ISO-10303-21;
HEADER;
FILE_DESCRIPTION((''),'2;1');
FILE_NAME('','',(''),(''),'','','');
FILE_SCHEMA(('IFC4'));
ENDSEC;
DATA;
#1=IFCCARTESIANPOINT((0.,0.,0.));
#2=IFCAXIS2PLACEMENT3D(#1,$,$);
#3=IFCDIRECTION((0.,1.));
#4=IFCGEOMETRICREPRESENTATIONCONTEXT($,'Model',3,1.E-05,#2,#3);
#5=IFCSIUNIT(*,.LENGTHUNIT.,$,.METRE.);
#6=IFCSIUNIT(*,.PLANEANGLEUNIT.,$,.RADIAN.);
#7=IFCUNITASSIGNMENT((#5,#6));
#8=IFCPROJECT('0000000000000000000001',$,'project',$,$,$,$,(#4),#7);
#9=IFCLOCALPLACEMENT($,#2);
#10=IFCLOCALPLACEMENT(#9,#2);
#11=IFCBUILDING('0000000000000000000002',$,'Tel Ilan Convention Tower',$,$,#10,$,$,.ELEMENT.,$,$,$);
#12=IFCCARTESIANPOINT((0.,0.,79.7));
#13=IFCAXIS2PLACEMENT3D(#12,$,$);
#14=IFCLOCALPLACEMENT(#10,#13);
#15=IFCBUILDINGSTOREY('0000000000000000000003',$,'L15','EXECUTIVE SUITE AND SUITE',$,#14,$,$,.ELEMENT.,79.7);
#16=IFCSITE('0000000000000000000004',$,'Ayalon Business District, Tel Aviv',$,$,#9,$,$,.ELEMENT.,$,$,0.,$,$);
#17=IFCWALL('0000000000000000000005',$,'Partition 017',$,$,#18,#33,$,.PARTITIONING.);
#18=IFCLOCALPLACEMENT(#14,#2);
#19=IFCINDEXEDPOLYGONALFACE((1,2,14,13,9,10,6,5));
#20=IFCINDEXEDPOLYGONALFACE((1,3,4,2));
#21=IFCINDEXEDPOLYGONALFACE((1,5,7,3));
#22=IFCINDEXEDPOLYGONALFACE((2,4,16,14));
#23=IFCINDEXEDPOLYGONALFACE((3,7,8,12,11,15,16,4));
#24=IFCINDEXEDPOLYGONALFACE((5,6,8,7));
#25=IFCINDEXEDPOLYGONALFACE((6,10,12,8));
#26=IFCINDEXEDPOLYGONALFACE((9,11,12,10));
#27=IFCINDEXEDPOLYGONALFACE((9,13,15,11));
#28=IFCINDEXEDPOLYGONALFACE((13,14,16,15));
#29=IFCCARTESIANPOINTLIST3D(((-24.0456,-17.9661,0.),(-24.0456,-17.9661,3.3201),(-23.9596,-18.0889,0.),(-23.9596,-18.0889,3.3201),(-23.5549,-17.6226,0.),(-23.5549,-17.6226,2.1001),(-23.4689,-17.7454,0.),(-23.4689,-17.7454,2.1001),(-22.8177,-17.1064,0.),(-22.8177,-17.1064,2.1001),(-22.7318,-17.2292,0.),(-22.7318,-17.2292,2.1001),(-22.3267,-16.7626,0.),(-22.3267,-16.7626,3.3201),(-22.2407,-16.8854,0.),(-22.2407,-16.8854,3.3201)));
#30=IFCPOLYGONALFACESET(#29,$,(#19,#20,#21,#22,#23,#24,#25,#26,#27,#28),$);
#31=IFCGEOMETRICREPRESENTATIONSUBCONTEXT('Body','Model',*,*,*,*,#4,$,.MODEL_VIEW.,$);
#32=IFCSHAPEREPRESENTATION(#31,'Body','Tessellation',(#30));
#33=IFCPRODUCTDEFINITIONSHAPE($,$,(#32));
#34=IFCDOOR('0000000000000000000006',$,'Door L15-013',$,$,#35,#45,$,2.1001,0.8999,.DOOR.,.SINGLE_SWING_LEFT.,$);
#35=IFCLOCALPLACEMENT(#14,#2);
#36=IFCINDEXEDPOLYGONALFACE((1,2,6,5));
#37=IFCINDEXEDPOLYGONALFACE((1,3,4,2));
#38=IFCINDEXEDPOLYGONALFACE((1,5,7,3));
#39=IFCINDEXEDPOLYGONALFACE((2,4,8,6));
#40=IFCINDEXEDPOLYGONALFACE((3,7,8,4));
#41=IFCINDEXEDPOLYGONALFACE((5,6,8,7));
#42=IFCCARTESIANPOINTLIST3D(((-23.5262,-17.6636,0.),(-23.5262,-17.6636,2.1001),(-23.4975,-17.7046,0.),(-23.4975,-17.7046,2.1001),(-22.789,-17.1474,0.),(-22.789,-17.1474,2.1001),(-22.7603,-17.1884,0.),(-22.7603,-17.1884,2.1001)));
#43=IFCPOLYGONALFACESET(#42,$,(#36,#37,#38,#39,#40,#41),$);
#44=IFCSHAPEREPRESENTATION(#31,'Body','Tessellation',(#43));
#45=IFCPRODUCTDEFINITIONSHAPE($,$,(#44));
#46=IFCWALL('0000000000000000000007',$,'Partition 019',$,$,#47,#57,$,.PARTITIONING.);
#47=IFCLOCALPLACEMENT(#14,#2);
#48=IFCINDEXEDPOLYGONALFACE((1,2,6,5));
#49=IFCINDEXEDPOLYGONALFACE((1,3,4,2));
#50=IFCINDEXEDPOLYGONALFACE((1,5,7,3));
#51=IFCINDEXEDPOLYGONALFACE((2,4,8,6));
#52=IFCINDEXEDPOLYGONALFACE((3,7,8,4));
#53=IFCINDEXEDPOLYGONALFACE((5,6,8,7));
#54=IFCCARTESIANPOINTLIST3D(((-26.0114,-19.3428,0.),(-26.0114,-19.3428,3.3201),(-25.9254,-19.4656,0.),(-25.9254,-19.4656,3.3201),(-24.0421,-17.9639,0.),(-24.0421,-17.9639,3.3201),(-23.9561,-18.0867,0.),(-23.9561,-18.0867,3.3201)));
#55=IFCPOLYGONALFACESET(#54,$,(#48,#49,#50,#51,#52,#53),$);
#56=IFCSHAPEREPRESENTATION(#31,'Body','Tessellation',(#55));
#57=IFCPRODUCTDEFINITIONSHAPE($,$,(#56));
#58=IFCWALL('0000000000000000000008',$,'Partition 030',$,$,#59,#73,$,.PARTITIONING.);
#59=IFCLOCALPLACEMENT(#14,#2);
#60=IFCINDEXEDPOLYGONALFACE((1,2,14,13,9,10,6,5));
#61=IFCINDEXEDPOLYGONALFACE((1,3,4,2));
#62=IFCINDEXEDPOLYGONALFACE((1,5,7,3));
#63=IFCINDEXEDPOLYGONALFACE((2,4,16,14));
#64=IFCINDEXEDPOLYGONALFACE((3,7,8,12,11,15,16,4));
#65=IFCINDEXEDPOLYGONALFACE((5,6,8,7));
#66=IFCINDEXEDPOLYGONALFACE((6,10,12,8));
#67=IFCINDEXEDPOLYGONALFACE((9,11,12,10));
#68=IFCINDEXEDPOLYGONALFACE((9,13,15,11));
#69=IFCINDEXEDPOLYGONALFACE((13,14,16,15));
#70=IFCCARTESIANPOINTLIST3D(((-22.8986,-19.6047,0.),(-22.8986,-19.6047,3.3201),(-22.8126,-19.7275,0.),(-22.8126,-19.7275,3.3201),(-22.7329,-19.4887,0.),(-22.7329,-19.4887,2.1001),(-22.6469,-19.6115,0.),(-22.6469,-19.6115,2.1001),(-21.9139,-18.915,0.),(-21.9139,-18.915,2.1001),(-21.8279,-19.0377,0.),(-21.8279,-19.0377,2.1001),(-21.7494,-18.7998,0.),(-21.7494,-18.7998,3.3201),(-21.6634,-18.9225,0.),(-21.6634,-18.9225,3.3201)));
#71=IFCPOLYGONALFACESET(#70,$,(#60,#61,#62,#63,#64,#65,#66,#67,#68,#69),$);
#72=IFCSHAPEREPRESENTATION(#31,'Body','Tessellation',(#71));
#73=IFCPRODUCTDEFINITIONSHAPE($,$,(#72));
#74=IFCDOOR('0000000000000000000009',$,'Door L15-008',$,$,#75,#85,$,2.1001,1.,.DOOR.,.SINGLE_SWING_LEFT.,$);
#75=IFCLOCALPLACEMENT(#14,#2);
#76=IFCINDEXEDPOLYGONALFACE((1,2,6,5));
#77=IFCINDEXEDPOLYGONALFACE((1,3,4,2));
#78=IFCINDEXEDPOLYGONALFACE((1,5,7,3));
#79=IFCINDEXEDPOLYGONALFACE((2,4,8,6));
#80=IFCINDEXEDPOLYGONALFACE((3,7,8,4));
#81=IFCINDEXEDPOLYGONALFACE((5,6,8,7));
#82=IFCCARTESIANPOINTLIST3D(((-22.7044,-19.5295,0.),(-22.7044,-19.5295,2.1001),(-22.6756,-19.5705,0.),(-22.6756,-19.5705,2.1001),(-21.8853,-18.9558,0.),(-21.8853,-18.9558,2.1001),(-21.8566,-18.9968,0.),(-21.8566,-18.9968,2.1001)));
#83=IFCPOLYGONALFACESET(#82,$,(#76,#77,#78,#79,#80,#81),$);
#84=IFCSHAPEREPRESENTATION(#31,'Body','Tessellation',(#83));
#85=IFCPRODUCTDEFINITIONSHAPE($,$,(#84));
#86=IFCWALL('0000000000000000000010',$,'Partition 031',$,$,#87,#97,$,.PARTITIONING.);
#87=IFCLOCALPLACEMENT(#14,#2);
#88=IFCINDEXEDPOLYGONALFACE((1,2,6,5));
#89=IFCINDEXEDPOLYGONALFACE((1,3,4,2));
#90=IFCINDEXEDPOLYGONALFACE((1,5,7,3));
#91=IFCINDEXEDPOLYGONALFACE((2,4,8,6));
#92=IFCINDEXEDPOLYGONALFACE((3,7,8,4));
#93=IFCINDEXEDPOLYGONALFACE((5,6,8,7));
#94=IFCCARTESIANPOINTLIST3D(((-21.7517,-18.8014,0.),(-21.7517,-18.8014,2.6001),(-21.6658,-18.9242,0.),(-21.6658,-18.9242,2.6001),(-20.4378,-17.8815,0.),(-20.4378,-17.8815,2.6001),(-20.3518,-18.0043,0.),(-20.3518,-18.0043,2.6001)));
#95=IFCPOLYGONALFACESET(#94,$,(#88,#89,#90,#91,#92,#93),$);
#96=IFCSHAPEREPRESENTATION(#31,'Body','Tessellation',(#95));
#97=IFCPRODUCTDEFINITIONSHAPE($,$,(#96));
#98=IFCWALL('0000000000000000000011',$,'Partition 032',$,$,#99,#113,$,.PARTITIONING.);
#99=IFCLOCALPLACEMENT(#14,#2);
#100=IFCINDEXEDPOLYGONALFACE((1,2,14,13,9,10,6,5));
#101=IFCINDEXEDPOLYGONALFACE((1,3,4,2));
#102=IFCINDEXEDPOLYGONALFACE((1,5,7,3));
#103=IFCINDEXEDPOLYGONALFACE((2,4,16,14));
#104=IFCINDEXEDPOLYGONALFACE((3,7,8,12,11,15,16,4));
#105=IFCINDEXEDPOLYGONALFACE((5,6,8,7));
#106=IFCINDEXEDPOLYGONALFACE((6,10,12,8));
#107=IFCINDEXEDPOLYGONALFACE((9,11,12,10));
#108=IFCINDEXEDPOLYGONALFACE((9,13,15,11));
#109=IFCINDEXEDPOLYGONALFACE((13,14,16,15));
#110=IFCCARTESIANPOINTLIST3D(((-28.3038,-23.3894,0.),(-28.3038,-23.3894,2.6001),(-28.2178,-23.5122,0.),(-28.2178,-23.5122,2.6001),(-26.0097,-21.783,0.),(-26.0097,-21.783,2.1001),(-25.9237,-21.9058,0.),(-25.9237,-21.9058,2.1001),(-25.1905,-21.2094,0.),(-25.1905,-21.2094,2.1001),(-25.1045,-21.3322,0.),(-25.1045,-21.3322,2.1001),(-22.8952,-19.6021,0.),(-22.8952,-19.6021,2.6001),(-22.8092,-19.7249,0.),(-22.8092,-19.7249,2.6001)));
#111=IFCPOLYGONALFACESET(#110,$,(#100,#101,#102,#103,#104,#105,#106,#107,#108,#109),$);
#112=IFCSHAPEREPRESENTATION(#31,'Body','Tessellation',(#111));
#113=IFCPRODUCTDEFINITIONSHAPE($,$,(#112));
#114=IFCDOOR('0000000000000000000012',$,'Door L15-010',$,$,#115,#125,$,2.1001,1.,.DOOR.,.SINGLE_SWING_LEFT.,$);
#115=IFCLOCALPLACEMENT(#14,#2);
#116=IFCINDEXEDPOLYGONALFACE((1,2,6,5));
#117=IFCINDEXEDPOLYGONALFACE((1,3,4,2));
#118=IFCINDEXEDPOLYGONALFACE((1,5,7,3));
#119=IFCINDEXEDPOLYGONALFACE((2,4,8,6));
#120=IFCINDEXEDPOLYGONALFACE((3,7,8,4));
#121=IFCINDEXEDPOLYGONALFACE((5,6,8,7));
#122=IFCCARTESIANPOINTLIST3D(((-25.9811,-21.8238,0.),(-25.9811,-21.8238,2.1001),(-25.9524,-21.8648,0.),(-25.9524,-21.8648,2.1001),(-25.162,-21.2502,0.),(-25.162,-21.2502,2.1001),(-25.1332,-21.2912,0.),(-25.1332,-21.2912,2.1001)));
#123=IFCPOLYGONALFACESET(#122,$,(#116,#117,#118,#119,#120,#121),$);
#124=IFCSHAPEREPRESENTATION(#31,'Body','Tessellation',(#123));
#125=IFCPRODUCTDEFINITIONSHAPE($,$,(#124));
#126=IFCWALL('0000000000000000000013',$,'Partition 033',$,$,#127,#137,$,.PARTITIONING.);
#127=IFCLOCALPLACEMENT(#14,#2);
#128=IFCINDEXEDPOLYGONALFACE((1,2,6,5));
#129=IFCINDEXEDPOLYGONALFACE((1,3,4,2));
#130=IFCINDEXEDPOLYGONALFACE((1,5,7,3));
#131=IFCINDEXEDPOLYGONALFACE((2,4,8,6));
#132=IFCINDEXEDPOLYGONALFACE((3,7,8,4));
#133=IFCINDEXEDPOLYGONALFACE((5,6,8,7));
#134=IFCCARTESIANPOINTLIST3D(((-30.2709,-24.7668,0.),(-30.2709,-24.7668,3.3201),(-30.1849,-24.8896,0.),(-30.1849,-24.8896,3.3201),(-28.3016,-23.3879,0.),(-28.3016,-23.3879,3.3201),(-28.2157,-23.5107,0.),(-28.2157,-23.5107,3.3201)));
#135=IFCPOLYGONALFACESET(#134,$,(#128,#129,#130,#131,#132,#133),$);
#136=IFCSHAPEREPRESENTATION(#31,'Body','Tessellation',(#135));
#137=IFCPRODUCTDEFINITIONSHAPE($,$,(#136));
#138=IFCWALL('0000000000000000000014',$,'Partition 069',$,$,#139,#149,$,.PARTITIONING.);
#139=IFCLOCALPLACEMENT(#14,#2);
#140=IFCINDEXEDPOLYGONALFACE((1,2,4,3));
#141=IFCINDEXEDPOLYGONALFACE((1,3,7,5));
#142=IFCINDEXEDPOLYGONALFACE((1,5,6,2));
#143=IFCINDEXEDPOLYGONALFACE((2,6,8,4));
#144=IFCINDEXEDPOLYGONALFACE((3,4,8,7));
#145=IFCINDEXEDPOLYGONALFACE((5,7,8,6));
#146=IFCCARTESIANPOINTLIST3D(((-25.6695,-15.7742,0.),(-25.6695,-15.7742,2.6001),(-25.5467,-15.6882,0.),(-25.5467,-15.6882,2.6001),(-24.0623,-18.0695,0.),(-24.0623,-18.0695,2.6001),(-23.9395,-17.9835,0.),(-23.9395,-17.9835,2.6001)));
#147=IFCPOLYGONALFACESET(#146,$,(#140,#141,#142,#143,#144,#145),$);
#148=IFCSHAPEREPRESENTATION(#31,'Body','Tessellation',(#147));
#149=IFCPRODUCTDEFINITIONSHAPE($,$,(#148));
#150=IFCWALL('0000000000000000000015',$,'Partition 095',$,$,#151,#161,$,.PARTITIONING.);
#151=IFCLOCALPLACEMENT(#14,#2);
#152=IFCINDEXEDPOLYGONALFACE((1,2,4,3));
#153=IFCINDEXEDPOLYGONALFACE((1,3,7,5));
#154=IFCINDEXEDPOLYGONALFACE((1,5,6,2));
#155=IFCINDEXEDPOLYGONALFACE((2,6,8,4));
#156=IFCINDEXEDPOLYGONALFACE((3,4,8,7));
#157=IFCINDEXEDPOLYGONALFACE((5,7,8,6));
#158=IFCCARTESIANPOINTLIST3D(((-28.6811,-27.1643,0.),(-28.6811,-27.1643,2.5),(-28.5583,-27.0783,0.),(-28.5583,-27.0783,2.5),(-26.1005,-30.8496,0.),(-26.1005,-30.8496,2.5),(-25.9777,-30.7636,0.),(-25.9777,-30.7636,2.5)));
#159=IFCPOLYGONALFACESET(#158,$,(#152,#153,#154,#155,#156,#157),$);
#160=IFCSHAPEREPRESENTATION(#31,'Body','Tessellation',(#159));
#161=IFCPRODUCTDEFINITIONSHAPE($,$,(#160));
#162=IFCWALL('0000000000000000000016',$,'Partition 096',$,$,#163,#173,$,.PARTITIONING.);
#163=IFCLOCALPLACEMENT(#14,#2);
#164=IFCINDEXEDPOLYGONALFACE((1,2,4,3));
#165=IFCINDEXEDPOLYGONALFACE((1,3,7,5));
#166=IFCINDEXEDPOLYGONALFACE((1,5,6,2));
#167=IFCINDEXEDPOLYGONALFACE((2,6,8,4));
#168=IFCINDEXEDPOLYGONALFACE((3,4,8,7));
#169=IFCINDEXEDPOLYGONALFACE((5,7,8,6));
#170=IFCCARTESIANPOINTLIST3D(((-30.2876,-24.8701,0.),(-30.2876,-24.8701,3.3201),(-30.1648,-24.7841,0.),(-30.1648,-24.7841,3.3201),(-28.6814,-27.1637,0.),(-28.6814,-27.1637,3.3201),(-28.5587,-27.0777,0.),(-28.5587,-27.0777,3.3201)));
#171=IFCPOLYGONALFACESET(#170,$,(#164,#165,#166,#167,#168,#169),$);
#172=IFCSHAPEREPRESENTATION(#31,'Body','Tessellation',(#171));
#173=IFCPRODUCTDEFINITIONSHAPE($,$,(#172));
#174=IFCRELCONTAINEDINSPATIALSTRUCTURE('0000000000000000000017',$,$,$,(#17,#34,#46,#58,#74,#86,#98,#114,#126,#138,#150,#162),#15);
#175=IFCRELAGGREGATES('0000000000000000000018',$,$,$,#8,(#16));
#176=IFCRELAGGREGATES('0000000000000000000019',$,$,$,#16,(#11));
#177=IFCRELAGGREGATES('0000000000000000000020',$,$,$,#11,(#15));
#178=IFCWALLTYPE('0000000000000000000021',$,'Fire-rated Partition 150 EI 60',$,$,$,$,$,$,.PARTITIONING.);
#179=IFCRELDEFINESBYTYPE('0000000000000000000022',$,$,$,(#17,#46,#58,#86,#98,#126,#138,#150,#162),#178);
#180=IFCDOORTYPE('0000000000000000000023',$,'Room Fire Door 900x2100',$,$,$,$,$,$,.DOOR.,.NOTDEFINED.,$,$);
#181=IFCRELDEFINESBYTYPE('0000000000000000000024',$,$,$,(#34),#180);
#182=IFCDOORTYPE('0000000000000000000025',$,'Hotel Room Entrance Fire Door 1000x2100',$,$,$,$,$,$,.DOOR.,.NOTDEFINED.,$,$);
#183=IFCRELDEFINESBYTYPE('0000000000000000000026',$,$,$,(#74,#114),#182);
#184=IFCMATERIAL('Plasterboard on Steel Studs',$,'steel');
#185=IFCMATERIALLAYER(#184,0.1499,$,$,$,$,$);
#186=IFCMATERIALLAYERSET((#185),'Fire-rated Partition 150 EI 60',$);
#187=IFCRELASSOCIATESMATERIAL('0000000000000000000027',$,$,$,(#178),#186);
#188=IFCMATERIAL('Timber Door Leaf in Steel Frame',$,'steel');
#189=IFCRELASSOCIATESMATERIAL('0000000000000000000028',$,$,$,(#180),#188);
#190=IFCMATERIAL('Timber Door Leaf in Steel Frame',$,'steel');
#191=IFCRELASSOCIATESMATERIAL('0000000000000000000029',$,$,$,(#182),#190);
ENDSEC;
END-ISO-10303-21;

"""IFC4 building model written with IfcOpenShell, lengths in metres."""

from ifc_helpers import new_model, si_unit, direction, frame, frame_2d, origin, place, context, subcontext, project, spatial, rectangle, extrude, material, layer, layer_set, type_object, element, fill, save


model = new_model("IFC4")

# Units and contexts
model_context = context("Model", 3, precision=1e-05, world=origin(), true_north=direction((0.0, 1.0)))
body_context = subcontext(model_context, "Body", "Model", "MODEL_VIEW")
ifc_project = project(units=[si_unit("LENGTHUNIT", "METRE"), si_unit("PLANEANGLEUNIT", "RADIAN")], contexts=[model_context])

# Site, building, storey
site_placement = place(None, origin())
site = spatial("IfcSite", under=ifc_project, at=site_placement, Name="Ayalon Business District, Tel Aviv", CompositionType="ELEMENT", RefElevation=0.0)
building_placement = place(site_placement, origin())
building = spatial("IfcBuilding", under=site, at=building_placement, Name="Tel Ilan Convention Tower", CompositionType="ELEMENT")
storey_placement = place(building_placement, frame((0.0, 0.0, 79.7)))
storey = spatial("IfcBuildingStorey", under=building, at=storey_placement, Name="L15", Description="EXECUTIVE SUITE AND SUITE", CompositionType="ELEMENT", Elevation=79.7)

# Wall, opening, door
ifc_material_1 = material(Name="Plasterboard on Steel Studs", Category="steel")
ifc_layer_1 = layer(ifc_material_1, 0.1499)
ifc_layer_set_1 = layer_set([ifc_layer_1], Name="Fire-rated Partition 150 EI 60")
wall_type_1 = type_object("IfcWallType", Name="Fire-rated Partition 150 EI 60", PredefinedType="PARTITIONING", material=ifc_layer_set_1)
wall_1_placement = place(storey_placement, frame((-24.0027, -18.0276, 0.0), z_axis=(0.0, 0.0, 1.0), x_axis=(0.819161, 0.573564, 0.0)))
wall_1 = element("IfcWall", 1, at=wall_1_placement, inside=storey, type_object=wall_type_1, Name="Partition 017", PredefinedType="PARTITIONING", context=body_context, shape_type="SweptSolid", body=[
    extrude(rectangle(XDim=2.0984, YDim=0.1499, at=frame_2d((1.0493, 0.0))), origin(), (0.0, 0.0, 1.0), 3.3201),
])
opening_1_placement = place(wall_1_placement, frame((0.5991, 0.0, 0.0)))
opening_1 = element("IfcOpeningElement", 2, at=opening_1_placement, cuts=wall_1, PredefinedType="OPENING", context=body_context, shape_type="SweptSolid", body=[
    extrude(rectangle(XDim=0.8999, YDim=2.1001, at=frame_2d((0.45, 1.05))), frame((0.0, 0.085, 0.0), z_axis=(0.0, -1.0, 0.0), x_axis=(1.0, 0.0, 0.0)), (0.0, 0.0, 1.0), 0.1699),
])
ifc_material_2 = material(Name="Timber Door Leaf in Steel Frame", Category="steel")
door_type_1 = type_object("IfcDoorType", Name="Room Fire Door 900x2100", OperationType="NOTDEFINED", PredefinedType="DOOR", material=ifc_material_2)
door_1_placement = place(opening_1_placement, origin())
door_1 = element("IfcDoor", 3, at=door_1_placement, inside=storey, type_object=door_type_1, Name="Door L15-013", OperationType="SINGLE_SWING_LEFT", OverallHeight=2.1001, OverallWidth=0.8999, PredefinedType="DOOR", context=body_context, shape_type="SweptSolid", body=[
    extrude(rectangle(XDim=0.8999, YDim=2.1001, at=frame_2d((0.45, 1.05))), frame((0.0, 0.0249, 0.0), z_axis=(0.0, -1.0, 0.0), x_axis=(1.0, 0.0, 0.0)), (0.0, 0.0, 1.0), 0.05),
])
fill(opening_1, door_1)

# Wall
wall_2_placement = place(storey_placement, frame((-25.9685, -19.4043, 0.0), z_axis=(0.0, 0.0, 1.0), x_axis=(0.819146, 0.573585, 0.0)))
element("IfcWall", 4, at=wall_2_placement, inside=storey, type_object=wall_type_1, Name="Partition 019", PredefinedType="PARTITIONING", context=body_context, shape_type="SweptSolid", body=[
    extrude(rectangle(XDim=2.4041, YDim=0.1499, at=frame_2d((1.2021, 0.0))), origin(), (0.0, 0.0, 1.0), 3.3201),
])

# Wall, opening, door
wall_3_placement = place(storey_placement, frame((-21.7063, -18.8611, 0.0), z_axis=(0.0, 0.0, 1.0), x_axis=(-0.81906, -0.573708, 0.0)))
wall_3 = element("IfcWall", 5, at=wall_3_placement, inside=storey, type_object=wall_type_1, Name="Partition 030", PredefinedType="PARTITIONING", context=body_context, shape_type="SweptSolid", body=[
    extrude(rectangle(XDim=1.4031, YDim=0.1499, at=frame_2d((0.7017, 0.0))), origin(), (0.0, 0.0, 1.0), 3.3201),
])
opening_2_placement = place(wall_3_placement, frame((0.2009, 0.0, 0.0)))
opening_2 = element("IfcOpeningElement", 6, at=opening_2_placement, cuts=wall_3, PredefinedType="OPENING", context=body_context, shape_type="SweptSolid", body=[
    extrude(rectangle(XDim=1.0, YDim=2.1001, at=frame_2d((0.5, 1.05))), frame((0.0, 0.085, 0.0), z_axis=(0.0, -1.0, 0.0), x_axis=(1.0, 0.0, 0.0)), (0.0, 0.0, 1.0), 0.1699),
])
ifc_material_3 = material(Name="Timber Door Leaf in Steel Frame", Category="steel")
door_type_2 = type_object("IfcDoorType", Name="Hotel Room Entrance Fire Door 1000x2100", OperationType="NOTDEFINED", PredefinedType="DOOR", material=ifc_material_3)
door_2_placement = place(opening_2_placement, origin())
door_2 = element("IfcDoor", 7, at=door_2_placement, inside=storey, type_object=door_type_2, Name="Door L15-008", OperationType="SINGLE_SWING_LEFT", OverallHeight=2.1001, OverallWidth=1.0, PredefinedType="DOOR", context=body_context, shape_type="SweptSolid", body=[
    extrude(rectangle(XDim=1.0, YDim=2.1001, at=frame_2d((0.5, 1.05))), frame((0.0, 0.0249, 0.0), z_axis=(0.0, -1.0, 0.0), x_axis=(1.0, 0.0, 0.0)), (0.0, 0.0, 1.0), 0.05),
])
fill(opening_2, door_2)

# Wall
wall_4_placement = place(storey_placement, frame((-20.3948, -17.9429, 0.0), z_axis=(0.0, 0.0, 1.0), x_axis=(-0.819189, -0.573524, 0.0)))
element("IfcWall", 8, at=wall_4_placement, inside=storey, type_object=wall_type_1, Name="Partition 031", PredefinedType="PARTITIONING", context=body_context, shape_type="SweptSolid", body=[
    extrude(rectangle(XDim=1.604, YDim=0.1499, at=frame_2d((0.802, 0.0))), origin(), (0.0, 0.0, 1.0), 2.6001),
])

# Wall, opening, door
wall_5_placement = place(storey_placement, frame((-22.8523, -19.6636, 0.0), z_axis=(0.0, 0.0, 1.0), x_axis=(-0.819142, -0.573591, 0.0)))
wall_5 = element("IfcWall", 9, at=wall_5_placement, inside=storey, type_object=wall_type_1, Name="Partition 032", PredefinedType="PARTITIONING", context=body_context, shape_type="SweptSolid", body=[
    extrude(rectangle(XDim=6.6028, YDim=0.1499, at=frame_2d((3.3013, 0.0))), origin(), (0.0, 0.0, 1.0), 2.6001),
])
opening_3_placement = place(wall_5_placement, frame((2.802, 0.0, 0.0)))
opening_3 = element("IfcOpeningElement", 10, at=opening_3_placement, cuts=wall_5, PredefinedType="OPENING", context=body_context, shape_type="SweptSolid", body=[
    extrude(rectangle(XDim=1.0, YDim=2.1001, at=frame_2d((0.5, 1.05))), frame((0.0, 0.085, 0.0), z_axis=(0.0, -1.0, 0.0), x_axis=(1.0, 0.0, 0.0)), (0.0, 0.0, 1.0), 0.1699),
])
door_3_placement = place(opening_3_placement, origin())
door_3 = element("IfcDoor", 11, at=door_3_placement, inside=storey, type_object=door_type_2, Name="Door L15-010", OperationType="SINGLE_SWING_LEFT", OverallHeight=2.1001, OverallWidth=1.0, PredefinedType="DOOR", context=body_context, shape_type="SweptSolid", body=[
    extrude(rectangle(XDim=1.0, YDim=2.1001, at=frame_2d((0.5, 1.05))), frame((0.0, 0.0249, 0.0), z_axis=(0.0, -1.0, 0.0), x_axis=(1.0, 0.0, 0.0)), (0.0, 0.0, 1.0), 0.05),
])
fill(opening_3, door_3)

# Walls
wall_6_placement = place(storey_placement, frame((-28.2585, -23.4492, 0.0), z_axis=(0.0, 0.0, 1.0), x_axis=(-0.819146, -0.573585, 0.0)))
element("IfcWall", 12, at=wall_6_placement, inside=storey, type_object=wall_type_1, Name="Partition 033", PredefinedType="PARTITIONING", context=body_context, shape_type="SweptSolid", body=[
    extrude(rectangle(XDim=2.4041, YDim=0.1499, at=frame_2d((1.2021, 0.0))), origin(), (0.0, 0.0, 1.0), 3.3201),
])
wall_7_placement = place(storey_placement, frame((-24.001, -18.0264, 0.0), z_axis=(0.0, 0.0, 1.0), x_axis=(-0.573597, 0.819138, 0.0)))
element("IfcWall", 13, at=wall_7_placement, inside=storey, type_object=wall_type_1, Name="Partition 069", PredefinedType="PARTITIONING", context=body_context, shape_type="SweptSolid", body=[
    extrude(rectangle(XDim=2.802, YDim=0.1499, at=frame_2d((1.4009, 0.0))), origin(), (0.0, 0.0, 1.0), 2.6001),
])
wall_8_placement = place(storey_placement, frame((-26.0391, -30.8066, 0.0), z_axis=(0.0, 0.0, 1.0), x_axis=(-0.57359, 0.819143, 0.0)))
element("IfcWall", 14, at=wall_8_placement, inside=storey, type_object=wall_type_1, Name="Partition 095", PredefinedType="PARTITIONING", context=body_context, shape_type="SweptSolid", body=[
    extrude(rectangle(XDim=4.499, YDim=0.1499, at=frame_2d((2.2495, 0.0))), origin(), (0.0, 0.0, 1.0), 2.5),
])
wall_9_placement = place(storey_placement, frame((-28.6201, -27.1206, 0.0), z_axis=(0.0, 0.0, 1.0), x_axis=(-0.573609, 0.81913, 0.0)))
element("IfcWall", 15, at=wall_9_placement, inside=storey, type_object=wall_type_1, Name="Partition 096", PredefinedType="PARTITIONING", context=body_context, shape_type="SweptSolid", body=[
    extrude(rectangle(XDim=2.8, YDim=0.1499, at=frame_2d((1.3999, 0.0))), origin(), (0.0, 0.0, 1.0), 3.3201),
])

save(model, "model.ifc")
